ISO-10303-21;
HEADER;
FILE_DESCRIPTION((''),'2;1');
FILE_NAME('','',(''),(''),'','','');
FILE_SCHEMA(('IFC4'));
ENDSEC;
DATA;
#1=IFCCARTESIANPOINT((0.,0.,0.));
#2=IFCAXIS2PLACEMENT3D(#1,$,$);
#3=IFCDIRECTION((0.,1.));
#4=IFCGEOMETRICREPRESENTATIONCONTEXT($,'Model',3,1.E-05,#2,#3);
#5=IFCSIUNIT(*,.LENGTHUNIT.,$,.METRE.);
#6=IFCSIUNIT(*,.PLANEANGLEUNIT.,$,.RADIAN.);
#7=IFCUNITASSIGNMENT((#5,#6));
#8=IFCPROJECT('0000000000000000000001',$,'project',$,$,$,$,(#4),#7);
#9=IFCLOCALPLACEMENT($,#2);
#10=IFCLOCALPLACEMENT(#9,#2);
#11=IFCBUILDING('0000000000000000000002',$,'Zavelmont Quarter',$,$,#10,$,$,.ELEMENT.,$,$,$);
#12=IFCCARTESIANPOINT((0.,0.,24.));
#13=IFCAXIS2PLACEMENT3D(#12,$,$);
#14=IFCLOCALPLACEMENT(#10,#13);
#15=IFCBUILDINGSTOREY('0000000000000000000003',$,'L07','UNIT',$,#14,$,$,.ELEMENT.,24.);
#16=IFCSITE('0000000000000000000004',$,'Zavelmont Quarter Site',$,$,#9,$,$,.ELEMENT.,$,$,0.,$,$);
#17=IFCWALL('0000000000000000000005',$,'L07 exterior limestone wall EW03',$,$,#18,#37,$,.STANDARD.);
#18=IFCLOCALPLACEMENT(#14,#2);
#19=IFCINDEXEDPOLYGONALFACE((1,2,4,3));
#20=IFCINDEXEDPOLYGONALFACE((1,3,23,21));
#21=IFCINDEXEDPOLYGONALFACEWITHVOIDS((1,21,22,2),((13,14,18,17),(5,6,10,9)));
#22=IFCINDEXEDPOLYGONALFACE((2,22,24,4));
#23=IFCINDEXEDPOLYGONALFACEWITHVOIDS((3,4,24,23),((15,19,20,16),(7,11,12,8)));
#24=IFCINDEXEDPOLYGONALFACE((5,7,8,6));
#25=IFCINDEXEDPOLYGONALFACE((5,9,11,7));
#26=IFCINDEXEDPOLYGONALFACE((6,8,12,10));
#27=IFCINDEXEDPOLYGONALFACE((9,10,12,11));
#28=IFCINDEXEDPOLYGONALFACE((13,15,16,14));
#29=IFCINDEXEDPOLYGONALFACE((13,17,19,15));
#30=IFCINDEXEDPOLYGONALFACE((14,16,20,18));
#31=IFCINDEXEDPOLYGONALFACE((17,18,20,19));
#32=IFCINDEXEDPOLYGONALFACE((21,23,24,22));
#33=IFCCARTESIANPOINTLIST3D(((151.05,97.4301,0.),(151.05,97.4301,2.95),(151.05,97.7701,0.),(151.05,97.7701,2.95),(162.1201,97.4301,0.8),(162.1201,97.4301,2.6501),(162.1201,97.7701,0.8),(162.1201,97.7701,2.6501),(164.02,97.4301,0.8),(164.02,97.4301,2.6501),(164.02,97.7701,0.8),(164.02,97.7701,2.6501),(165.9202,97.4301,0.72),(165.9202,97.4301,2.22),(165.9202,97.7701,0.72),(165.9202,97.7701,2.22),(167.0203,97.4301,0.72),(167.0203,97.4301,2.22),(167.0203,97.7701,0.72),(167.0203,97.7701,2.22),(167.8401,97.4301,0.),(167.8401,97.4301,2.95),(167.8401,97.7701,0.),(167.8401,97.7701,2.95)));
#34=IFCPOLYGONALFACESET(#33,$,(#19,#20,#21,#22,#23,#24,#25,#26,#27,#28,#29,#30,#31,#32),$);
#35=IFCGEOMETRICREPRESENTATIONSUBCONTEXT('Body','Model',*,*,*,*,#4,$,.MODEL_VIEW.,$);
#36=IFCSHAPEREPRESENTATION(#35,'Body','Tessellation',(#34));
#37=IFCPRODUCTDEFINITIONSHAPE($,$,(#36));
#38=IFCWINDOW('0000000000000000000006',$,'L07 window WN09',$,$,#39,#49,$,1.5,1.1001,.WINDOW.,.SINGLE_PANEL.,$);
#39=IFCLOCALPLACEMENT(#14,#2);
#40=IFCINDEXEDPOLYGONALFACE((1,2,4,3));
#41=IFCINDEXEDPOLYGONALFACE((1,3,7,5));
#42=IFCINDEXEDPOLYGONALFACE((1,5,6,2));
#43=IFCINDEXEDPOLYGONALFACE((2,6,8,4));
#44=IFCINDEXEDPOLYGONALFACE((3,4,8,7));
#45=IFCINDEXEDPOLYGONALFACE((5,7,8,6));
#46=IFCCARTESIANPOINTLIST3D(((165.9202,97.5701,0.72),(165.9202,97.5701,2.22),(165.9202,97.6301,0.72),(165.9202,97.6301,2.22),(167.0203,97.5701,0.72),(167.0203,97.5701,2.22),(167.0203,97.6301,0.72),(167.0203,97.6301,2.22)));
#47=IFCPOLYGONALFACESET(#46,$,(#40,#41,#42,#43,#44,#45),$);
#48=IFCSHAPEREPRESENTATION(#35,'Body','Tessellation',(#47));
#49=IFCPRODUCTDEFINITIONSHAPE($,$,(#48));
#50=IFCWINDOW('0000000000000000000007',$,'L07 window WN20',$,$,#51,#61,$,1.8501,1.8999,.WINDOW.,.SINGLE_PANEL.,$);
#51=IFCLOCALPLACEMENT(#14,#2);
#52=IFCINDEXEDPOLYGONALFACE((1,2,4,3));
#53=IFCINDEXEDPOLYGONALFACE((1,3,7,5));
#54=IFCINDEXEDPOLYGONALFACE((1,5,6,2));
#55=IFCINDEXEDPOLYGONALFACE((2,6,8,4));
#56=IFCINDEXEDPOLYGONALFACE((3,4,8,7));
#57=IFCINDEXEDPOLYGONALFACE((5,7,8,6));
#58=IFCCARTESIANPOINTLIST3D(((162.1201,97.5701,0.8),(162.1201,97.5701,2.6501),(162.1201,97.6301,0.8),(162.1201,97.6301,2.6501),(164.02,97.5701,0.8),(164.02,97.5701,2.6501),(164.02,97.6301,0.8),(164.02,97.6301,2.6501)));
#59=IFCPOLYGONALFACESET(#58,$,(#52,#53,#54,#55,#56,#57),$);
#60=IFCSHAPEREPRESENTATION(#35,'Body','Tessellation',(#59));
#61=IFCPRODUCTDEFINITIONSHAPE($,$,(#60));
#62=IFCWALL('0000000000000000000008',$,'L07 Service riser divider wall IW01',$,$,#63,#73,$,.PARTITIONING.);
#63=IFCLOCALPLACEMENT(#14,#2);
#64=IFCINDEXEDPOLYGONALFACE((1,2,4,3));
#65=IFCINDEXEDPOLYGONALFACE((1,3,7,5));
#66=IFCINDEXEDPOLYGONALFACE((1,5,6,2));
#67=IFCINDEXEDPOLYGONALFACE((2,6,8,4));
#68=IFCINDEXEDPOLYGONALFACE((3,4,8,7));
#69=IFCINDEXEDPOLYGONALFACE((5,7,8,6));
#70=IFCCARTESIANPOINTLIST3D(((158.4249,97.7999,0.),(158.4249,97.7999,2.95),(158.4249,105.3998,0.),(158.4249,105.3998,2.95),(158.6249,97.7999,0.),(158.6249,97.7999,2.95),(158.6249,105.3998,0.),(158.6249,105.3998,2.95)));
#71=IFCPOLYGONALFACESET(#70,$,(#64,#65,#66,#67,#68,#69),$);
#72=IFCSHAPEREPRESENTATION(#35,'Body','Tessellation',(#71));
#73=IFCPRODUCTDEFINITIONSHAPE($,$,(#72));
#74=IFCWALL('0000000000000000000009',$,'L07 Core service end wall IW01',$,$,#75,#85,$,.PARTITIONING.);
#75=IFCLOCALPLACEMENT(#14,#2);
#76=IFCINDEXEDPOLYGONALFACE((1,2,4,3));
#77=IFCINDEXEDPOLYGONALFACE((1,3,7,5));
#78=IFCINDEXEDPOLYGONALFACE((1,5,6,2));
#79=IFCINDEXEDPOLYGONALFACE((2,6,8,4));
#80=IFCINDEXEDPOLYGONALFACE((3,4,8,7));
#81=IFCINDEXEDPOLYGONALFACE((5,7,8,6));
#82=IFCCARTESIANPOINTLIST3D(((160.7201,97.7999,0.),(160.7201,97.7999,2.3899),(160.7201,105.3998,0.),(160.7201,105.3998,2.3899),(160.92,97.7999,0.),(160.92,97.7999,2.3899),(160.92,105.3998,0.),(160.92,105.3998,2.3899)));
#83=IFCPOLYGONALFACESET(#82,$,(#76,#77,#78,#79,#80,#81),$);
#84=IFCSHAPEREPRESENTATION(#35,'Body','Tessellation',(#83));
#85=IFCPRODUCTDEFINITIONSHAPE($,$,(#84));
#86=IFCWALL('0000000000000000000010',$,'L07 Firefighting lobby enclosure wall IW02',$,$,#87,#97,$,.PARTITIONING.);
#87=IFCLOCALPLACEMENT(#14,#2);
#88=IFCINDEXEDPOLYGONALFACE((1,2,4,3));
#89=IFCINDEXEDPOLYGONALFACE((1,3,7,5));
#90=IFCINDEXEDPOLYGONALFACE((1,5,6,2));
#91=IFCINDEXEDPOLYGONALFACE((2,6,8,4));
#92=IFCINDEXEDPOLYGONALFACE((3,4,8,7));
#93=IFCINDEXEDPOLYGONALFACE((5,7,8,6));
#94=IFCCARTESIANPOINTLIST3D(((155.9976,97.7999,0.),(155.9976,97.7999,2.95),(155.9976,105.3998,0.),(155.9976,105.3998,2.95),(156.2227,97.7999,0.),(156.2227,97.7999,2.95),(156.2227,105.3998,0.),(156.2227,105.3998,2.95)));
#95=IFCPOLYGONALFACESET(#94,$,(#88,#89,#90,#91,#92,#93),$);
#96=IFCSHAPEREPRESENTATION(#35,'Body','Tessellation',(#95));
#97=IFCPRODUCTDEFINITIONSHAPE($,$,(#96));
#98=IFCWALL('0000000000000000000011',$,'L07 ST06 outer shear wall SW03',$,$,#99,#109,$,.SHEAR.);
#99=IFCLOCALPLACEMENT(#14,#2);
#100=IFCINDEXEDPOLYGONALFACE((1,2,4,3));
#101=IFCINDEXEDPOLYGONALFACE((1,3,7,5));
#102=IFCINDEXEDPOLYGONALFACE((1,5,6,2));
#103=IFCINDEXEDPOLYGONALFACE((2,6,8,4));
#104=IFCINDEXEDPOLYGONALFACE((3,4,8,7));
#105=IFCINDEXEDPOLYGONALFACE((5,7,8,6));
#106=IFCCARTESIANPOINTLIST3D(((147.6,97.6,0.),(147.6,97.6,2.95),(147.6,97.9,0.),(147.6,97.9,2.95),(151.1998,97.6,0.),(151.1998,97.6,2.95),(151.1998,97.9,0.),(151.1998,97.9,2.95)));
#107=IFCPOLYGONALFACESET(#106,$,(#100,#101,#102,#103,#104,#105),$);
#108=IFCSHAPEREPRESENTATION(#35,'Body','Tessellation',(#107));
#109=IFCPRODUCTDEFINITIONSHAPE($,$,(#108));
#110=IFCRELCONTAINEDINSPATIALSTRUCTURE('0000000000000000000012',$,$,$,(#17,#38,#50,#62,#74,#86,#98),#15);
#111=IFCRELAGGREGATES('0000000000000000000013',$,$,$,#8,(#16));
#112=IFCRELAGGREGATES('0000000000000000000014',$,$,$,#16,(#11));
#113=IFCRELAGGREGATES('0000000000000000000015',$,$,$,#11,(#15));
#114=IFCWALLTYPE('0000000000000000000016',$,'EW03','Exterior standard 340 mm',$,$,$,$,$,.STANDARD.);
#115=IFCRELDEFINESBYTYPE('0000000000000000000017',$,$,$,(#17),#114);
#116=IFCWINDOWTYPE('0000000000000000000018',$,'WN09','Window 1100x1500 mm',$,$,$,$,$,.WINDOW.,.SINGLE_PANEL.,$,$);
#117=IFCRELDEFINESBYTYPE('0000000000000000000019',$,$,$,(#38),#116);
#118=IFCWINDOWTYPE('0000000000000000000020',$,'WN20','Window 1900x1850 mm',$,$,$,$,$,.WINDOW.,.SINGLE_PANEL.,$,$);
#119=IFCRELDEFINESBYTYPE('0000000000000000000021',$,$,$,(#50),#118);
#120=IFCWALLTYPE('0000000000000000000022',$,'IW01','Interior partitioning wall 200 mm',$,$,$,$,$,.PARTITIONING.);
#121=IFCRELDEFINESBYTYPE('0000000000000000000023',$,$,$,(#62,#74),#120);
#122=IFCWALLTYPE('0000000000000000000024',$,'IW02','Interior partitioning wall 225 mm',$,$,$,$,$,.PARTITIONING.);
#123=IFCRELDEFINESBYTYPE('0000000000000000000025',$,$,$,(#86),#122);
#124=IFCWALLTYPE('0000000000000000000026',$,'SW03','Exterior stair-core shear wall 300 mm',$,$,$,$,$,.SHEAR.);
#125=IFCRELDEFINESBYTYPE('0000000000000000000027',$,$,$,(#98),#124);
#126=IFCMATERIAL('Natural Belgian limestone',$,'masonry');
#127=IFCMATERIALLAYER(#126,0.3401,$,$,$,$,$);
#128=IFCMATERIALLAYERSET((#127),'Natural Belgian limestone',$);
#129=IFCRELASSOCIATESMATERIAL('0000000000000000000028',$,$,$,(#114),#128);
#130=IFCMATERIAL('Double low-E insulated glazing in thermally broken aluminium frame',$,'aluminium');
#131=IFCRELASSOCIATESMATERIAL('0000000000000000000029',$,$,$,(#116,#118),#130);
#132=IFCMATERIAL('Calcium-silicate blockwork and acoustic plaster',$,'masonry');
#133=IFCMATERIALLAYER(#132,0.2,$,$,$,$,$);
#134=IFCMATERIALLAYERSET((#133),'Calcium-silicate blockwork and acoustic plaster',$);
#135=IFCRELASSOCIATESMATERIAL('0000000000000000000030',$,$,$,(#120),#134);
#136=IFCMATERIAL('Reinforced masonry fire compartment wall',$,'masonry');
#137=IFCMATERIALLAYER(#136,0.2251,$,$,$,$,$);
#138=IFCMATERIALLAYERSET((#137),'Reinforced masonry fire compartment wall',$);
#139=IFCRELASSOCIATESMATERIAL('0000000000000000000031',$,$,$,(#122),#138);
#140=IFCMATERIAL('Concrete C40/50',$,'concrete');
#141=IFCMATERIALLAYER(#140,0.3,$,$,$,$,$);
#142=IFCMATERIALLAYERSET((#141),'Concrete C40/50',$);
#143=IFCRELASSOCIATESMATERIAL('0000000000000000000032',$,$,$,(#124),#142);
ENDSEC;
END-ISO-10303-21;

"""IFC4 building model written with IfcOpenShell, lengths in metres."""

from ifc_helpers import new_model, si_unit, direction, frame, frame_2d, origin, origin_with_axes, place, context, subcontext, project, spatial, rectangle, extrude, material, layer, layer_set, type_object, element, fill, save


model = new_model("IFC4")

# Units and contexts
model_context = context("Model", 3, precision=1e-05, world=origin(), true_north=direction((0.0, 1.0)))
body_context = subcontext(model_context, "Body", "Model", "MODEL_VIEW")
ifc_project = project(units=[si_unit("LENGTHUNIT", "METRE"), si_unit("PLANEANGLEUNIT", "RADIAN")], contexts=[model_context])

# Site, building, storey
site_placement = place(None, origin())
site = spatial("IfcSite", under=ifc_project, at=site_placement, Name="Zavelmont Quarter Site", CompositionType="ELEMENT", RefElevation=0.0)
building_placement = place(site_placement, origin())
building = spatial("IfcBuilding", under=site, at=building_placement, Name="Zavelmont Quarter", CompositionType="ELEMENT")
storey_placement = place(building_placement, frame((0.0, 0.0, 24.0)))
storey = spatial("IfcBuildingStorey", under=building, at=storey_placement, Name="L07", Description="UNIT", CompositionType="ELEMENT", Elevation=24.0)

# Wall, openings, windows
ifc_material_1 = material(Name="Natural Belgian limestone", Category="masonry")
ifc_layer_1 = layer(ifc_material_1, 0.3401)
ifc_layer_set_1 = layer_set([ifc_layer_1], Name="Natural Belgian limestone")
wall_type_1 = type_object("IfcWallType", Name="EW03", Description="Exterior standard 340 mm", PredefinedType="STANDARD", material=ifc_layer_set_1)
wall_1_placement = place(storey_placement, frame((151.05, 97.6001, 0.0), z_axis=(0.0, 0.0, 1.0), x_axis=(1.0, 0.0, 0.0)))
wall_1 = element("IfcWall", 1, at=wall_1_placement, inside=storey, type_object=wall_type_1, Name="L07 exterior limestone wall EW03", PredefinedType="STANDARD", context=body_context, shape_type="SweptSolid", body=[
    extrude(rectangle(XDim=16.79, YDim=0.3401, at=frame_2d((8.395, 0.0))), origin(), (0.0, 0.0, 1.0), 2.95),
])
opening_1_placement = place(wall_1_placement, frame((11.0701, 0.0, 0.8)))
opening_1 = element("IfcOpeningElement", 2, at=opening_1_placement, cuts=wall_1, PredefinedType="OPENING", context=body_context, shape_type="SweptSolid", body=[
    extrude(rectangle(XDim=1.8999, YDim=1.8501, at=frame_2d((0.95, 0.925))), frame((0.0, 0.1821, 0.0), z_axis=(0.0, -1.0, 0.0), x_axis=(1.0, 0.0, 0.0)), (0.0, 0.0, 1.0), 0.364),
])
opening_2_placement = place(wall_1_placement, frame((14.8701, 0.0, 0.72)))
opening_2 = element("IfcOpeningElement", 3, at=opening_2_placement, cuts=wall_1, PredefinedType="OPENING", context=body_context, shape_type="SweptSolid", body=[
    extrude(rectangle(XDim=1.1001, YDim=1.5, at=frame_2d((0.55, 0.75))), frame((0.0, 0.1821, 0.0), z_axis=(0.0, -1.0, 0.0), x_axis=(1.0, 0.0, 0.0)), (0.0, 0.0, 1.0), 0.364),
])
ifc_material_2 = material(Name="Double low-E insulated glazing in thermally broken aluminium frame", Category="aluminium")
window_type_1 = type_object("IfcWindowType", Name="WN09", Description="Window 1100x1500 mm", PartitioningType="SINGLE_PANEL", PredefinedType="WINDOW", material=ifc_material_2)
window_1_placement = place(opening_2_placement, origin_with_axes())
window_1 = element("IfcWindow", 4, at=window_1_placement, inside=storey, type_object=window_type_1, Name="L07 window WN09", OverallHeight=1.5, OverallWidth=1.1001, PartitioningType="SINGLE_PANEL", PredefinedType="WINDOW", context=body_context, shape_type="SweptSolid", body=[
    extrude(rectangle(XDim=1.1001, YDim=1.5, at=frame_2d((0.55, 0.75))), frame((0.0, 0.03, 0.0), z_axis=(0.0, -1.0, 0.0), x_axis=(1.0, 0.0, 0.0)), (0.0, 0.0, 1.0), 0.0601),
])
fill(opening_2, window_1)
window_type_2 = type_object("IfcWindowType", Name="WN20", Description="Window 1900x1850 mm", PartitioningType="SINGLE_PANEL", PredefinedType="WINDOW", material=ifc_material_2)
window_2_placement = place(opening_1_placement, origin_with_axes())
window_2 = element("IfcWindow", 5, at=window_2_placement, inside=storey, type_object=window_type_2, Name="L07 window WN20", OverallHeight=1.8501, OverallWidth=1.8999, PartitioningType="SINGLE_PANEL", PredefinedType="WINDOW", context=body_context, shape_type="SweptSolid", body=[
    extrude(rectangle(XDim=1.8999, YDim=1.8501, at=frame_2d((0.95, 0.925))), frame((0.0, 0.03, 0.0), z_axis=(0.0, -1.0, 0.0), x_axis=(1.0, 0.0, 0.0)), (0.0, 0.0, 1.0), 0.0601),
])
fill(opening_1, window_2)

# Walls
ifc_material_3 = material(Name="Calcium-silicate blockwork and acoustic plaster", Category="masonry")
ifc_layer_2 = layer(ifc_material_3, 0.2)
ifc_layer_set_2 = layer_set([ifc_layer_2], Name="Calcium-silicate blockwork and acoustic plaster")
wall_type_2 = type_object("IfcWallType", Name="IW01", Description="Interior partitioning wall 200 mm", PredefinedType="PARTITIONING", material=ifc_layer_set_2)
wall_2_placement = place(storey_placement, frame((158.5249, 97.8, 0.0), z_axis=(0.0, 0.0, 1.0), x_axis=(0.0, 1.0, 0.0)))
element("IfcWall", 6, at=wall_2_placement, inside=storey, type_object=wall_type_2, Name="L07 Service riser divider wall IW01", PredefinedType="PARTITIONING", context=body_context, shape_type="SweptSolid", body=[
    extrude(rectangle(XDim=7.5999, YDim=0.2, at=frame_2d((3.7998, 0.0))), origin(), (0.0, 0.0, 1.0), 2.95),
])
wall_3_placement = place(storey_placement, frame((160.8201, 97.8, 0.0), z_axis=(0.0, 0.0, 1.0), x_axis=(0.0, 1.0, 0.0)))
element("IfcWall", 7, at=wall_3_placement, inside=storey, type_object=wall_type_2, Name="L07 Core service end wall IW01", PredefinedType="PARTITIONING", context=body_context, shape_type="SweptSolid", body=[
    extrude(rectangle(XDim=7.5999, YDim=0.2, at=frame_2d((3.7998, 0.0))), origin(), (0.0, 0.0, 1.0), 2.3899),
])
ifc_material_4 = material(Name="Reinforced masonry fire compartment wall", Category="masonry")
ifc_layer_3 = layer(ifc_material_4, 0.2251)
ifc_layer_set_3 = layer_set([ifc_layer_3], Name="Reinforced masonry fire compartment wall")
wall_type_3 = type_object("IfcWallType", Name="IW02", Description="Interior partitioning wall 225 mm", PredefinedType="PARTITIONING", material=ifc_layer_set_3)
wall_4_placement = place(storey_placement, frame((156.1101, 97.8, 0.0), z_axis=(0.0, 0.0, 1.0), x_axis=(0.0, 1.0, 0.0)))
element("IfcWall", 8, at=wall_4_placement, inside=storey, type_object=wall_type_3, Name="L07 Firefighting lobby enclosure wall IW02", PredefinedType="PARTITIONING", context=body_context, shape_type="SweptSolid", body=[
    extrude(rectangle(XDim=7.5999, YDim=0.2251, at=frame_2d((3.7998, 0.0))), origin(), (0.0, 0.0, 1.0), 2.95),
])

# Shared definitions
ifc_material_5 = material(Name="Concrete C40/50", Category="concrete")

# Wall
ifc_layer_4 = layer(ifc_material_5, 0.3)
ifc_layer_set_4 = layer_set([ifc_layer_4], Name="Concrete C40/50")
wall_type_4 = type_object("IfcWallType", Name="SW03", Description="Exterior stair-core shear wall 300 mm", PredefinedType="SHEAR", material=ifc_layer_set_4)
wall_5_placement = place(storey_placement, frame((147.6001, 97.75, 0.0), z_axis=(0.0, 0.0, 1.0), x_axis=(1.0, 0.0, 0.0)))
element("IfcWall", 9, at=wall_5_placement, inside=storey, type_object=wall_type_4, Name="L07 ST06 outer shear wall SW03", PredefinedType="SHEAR", context=body_context, shape_type="SweptSolid", body=[
    extrude(rectangle(XDim=3.5999, YDim=0.3, at=frame_2d((1.7998, 0.0))), origin(), (0.0, 0.0, 1.0), 2.95),
])

save(model, "model.ifc")
